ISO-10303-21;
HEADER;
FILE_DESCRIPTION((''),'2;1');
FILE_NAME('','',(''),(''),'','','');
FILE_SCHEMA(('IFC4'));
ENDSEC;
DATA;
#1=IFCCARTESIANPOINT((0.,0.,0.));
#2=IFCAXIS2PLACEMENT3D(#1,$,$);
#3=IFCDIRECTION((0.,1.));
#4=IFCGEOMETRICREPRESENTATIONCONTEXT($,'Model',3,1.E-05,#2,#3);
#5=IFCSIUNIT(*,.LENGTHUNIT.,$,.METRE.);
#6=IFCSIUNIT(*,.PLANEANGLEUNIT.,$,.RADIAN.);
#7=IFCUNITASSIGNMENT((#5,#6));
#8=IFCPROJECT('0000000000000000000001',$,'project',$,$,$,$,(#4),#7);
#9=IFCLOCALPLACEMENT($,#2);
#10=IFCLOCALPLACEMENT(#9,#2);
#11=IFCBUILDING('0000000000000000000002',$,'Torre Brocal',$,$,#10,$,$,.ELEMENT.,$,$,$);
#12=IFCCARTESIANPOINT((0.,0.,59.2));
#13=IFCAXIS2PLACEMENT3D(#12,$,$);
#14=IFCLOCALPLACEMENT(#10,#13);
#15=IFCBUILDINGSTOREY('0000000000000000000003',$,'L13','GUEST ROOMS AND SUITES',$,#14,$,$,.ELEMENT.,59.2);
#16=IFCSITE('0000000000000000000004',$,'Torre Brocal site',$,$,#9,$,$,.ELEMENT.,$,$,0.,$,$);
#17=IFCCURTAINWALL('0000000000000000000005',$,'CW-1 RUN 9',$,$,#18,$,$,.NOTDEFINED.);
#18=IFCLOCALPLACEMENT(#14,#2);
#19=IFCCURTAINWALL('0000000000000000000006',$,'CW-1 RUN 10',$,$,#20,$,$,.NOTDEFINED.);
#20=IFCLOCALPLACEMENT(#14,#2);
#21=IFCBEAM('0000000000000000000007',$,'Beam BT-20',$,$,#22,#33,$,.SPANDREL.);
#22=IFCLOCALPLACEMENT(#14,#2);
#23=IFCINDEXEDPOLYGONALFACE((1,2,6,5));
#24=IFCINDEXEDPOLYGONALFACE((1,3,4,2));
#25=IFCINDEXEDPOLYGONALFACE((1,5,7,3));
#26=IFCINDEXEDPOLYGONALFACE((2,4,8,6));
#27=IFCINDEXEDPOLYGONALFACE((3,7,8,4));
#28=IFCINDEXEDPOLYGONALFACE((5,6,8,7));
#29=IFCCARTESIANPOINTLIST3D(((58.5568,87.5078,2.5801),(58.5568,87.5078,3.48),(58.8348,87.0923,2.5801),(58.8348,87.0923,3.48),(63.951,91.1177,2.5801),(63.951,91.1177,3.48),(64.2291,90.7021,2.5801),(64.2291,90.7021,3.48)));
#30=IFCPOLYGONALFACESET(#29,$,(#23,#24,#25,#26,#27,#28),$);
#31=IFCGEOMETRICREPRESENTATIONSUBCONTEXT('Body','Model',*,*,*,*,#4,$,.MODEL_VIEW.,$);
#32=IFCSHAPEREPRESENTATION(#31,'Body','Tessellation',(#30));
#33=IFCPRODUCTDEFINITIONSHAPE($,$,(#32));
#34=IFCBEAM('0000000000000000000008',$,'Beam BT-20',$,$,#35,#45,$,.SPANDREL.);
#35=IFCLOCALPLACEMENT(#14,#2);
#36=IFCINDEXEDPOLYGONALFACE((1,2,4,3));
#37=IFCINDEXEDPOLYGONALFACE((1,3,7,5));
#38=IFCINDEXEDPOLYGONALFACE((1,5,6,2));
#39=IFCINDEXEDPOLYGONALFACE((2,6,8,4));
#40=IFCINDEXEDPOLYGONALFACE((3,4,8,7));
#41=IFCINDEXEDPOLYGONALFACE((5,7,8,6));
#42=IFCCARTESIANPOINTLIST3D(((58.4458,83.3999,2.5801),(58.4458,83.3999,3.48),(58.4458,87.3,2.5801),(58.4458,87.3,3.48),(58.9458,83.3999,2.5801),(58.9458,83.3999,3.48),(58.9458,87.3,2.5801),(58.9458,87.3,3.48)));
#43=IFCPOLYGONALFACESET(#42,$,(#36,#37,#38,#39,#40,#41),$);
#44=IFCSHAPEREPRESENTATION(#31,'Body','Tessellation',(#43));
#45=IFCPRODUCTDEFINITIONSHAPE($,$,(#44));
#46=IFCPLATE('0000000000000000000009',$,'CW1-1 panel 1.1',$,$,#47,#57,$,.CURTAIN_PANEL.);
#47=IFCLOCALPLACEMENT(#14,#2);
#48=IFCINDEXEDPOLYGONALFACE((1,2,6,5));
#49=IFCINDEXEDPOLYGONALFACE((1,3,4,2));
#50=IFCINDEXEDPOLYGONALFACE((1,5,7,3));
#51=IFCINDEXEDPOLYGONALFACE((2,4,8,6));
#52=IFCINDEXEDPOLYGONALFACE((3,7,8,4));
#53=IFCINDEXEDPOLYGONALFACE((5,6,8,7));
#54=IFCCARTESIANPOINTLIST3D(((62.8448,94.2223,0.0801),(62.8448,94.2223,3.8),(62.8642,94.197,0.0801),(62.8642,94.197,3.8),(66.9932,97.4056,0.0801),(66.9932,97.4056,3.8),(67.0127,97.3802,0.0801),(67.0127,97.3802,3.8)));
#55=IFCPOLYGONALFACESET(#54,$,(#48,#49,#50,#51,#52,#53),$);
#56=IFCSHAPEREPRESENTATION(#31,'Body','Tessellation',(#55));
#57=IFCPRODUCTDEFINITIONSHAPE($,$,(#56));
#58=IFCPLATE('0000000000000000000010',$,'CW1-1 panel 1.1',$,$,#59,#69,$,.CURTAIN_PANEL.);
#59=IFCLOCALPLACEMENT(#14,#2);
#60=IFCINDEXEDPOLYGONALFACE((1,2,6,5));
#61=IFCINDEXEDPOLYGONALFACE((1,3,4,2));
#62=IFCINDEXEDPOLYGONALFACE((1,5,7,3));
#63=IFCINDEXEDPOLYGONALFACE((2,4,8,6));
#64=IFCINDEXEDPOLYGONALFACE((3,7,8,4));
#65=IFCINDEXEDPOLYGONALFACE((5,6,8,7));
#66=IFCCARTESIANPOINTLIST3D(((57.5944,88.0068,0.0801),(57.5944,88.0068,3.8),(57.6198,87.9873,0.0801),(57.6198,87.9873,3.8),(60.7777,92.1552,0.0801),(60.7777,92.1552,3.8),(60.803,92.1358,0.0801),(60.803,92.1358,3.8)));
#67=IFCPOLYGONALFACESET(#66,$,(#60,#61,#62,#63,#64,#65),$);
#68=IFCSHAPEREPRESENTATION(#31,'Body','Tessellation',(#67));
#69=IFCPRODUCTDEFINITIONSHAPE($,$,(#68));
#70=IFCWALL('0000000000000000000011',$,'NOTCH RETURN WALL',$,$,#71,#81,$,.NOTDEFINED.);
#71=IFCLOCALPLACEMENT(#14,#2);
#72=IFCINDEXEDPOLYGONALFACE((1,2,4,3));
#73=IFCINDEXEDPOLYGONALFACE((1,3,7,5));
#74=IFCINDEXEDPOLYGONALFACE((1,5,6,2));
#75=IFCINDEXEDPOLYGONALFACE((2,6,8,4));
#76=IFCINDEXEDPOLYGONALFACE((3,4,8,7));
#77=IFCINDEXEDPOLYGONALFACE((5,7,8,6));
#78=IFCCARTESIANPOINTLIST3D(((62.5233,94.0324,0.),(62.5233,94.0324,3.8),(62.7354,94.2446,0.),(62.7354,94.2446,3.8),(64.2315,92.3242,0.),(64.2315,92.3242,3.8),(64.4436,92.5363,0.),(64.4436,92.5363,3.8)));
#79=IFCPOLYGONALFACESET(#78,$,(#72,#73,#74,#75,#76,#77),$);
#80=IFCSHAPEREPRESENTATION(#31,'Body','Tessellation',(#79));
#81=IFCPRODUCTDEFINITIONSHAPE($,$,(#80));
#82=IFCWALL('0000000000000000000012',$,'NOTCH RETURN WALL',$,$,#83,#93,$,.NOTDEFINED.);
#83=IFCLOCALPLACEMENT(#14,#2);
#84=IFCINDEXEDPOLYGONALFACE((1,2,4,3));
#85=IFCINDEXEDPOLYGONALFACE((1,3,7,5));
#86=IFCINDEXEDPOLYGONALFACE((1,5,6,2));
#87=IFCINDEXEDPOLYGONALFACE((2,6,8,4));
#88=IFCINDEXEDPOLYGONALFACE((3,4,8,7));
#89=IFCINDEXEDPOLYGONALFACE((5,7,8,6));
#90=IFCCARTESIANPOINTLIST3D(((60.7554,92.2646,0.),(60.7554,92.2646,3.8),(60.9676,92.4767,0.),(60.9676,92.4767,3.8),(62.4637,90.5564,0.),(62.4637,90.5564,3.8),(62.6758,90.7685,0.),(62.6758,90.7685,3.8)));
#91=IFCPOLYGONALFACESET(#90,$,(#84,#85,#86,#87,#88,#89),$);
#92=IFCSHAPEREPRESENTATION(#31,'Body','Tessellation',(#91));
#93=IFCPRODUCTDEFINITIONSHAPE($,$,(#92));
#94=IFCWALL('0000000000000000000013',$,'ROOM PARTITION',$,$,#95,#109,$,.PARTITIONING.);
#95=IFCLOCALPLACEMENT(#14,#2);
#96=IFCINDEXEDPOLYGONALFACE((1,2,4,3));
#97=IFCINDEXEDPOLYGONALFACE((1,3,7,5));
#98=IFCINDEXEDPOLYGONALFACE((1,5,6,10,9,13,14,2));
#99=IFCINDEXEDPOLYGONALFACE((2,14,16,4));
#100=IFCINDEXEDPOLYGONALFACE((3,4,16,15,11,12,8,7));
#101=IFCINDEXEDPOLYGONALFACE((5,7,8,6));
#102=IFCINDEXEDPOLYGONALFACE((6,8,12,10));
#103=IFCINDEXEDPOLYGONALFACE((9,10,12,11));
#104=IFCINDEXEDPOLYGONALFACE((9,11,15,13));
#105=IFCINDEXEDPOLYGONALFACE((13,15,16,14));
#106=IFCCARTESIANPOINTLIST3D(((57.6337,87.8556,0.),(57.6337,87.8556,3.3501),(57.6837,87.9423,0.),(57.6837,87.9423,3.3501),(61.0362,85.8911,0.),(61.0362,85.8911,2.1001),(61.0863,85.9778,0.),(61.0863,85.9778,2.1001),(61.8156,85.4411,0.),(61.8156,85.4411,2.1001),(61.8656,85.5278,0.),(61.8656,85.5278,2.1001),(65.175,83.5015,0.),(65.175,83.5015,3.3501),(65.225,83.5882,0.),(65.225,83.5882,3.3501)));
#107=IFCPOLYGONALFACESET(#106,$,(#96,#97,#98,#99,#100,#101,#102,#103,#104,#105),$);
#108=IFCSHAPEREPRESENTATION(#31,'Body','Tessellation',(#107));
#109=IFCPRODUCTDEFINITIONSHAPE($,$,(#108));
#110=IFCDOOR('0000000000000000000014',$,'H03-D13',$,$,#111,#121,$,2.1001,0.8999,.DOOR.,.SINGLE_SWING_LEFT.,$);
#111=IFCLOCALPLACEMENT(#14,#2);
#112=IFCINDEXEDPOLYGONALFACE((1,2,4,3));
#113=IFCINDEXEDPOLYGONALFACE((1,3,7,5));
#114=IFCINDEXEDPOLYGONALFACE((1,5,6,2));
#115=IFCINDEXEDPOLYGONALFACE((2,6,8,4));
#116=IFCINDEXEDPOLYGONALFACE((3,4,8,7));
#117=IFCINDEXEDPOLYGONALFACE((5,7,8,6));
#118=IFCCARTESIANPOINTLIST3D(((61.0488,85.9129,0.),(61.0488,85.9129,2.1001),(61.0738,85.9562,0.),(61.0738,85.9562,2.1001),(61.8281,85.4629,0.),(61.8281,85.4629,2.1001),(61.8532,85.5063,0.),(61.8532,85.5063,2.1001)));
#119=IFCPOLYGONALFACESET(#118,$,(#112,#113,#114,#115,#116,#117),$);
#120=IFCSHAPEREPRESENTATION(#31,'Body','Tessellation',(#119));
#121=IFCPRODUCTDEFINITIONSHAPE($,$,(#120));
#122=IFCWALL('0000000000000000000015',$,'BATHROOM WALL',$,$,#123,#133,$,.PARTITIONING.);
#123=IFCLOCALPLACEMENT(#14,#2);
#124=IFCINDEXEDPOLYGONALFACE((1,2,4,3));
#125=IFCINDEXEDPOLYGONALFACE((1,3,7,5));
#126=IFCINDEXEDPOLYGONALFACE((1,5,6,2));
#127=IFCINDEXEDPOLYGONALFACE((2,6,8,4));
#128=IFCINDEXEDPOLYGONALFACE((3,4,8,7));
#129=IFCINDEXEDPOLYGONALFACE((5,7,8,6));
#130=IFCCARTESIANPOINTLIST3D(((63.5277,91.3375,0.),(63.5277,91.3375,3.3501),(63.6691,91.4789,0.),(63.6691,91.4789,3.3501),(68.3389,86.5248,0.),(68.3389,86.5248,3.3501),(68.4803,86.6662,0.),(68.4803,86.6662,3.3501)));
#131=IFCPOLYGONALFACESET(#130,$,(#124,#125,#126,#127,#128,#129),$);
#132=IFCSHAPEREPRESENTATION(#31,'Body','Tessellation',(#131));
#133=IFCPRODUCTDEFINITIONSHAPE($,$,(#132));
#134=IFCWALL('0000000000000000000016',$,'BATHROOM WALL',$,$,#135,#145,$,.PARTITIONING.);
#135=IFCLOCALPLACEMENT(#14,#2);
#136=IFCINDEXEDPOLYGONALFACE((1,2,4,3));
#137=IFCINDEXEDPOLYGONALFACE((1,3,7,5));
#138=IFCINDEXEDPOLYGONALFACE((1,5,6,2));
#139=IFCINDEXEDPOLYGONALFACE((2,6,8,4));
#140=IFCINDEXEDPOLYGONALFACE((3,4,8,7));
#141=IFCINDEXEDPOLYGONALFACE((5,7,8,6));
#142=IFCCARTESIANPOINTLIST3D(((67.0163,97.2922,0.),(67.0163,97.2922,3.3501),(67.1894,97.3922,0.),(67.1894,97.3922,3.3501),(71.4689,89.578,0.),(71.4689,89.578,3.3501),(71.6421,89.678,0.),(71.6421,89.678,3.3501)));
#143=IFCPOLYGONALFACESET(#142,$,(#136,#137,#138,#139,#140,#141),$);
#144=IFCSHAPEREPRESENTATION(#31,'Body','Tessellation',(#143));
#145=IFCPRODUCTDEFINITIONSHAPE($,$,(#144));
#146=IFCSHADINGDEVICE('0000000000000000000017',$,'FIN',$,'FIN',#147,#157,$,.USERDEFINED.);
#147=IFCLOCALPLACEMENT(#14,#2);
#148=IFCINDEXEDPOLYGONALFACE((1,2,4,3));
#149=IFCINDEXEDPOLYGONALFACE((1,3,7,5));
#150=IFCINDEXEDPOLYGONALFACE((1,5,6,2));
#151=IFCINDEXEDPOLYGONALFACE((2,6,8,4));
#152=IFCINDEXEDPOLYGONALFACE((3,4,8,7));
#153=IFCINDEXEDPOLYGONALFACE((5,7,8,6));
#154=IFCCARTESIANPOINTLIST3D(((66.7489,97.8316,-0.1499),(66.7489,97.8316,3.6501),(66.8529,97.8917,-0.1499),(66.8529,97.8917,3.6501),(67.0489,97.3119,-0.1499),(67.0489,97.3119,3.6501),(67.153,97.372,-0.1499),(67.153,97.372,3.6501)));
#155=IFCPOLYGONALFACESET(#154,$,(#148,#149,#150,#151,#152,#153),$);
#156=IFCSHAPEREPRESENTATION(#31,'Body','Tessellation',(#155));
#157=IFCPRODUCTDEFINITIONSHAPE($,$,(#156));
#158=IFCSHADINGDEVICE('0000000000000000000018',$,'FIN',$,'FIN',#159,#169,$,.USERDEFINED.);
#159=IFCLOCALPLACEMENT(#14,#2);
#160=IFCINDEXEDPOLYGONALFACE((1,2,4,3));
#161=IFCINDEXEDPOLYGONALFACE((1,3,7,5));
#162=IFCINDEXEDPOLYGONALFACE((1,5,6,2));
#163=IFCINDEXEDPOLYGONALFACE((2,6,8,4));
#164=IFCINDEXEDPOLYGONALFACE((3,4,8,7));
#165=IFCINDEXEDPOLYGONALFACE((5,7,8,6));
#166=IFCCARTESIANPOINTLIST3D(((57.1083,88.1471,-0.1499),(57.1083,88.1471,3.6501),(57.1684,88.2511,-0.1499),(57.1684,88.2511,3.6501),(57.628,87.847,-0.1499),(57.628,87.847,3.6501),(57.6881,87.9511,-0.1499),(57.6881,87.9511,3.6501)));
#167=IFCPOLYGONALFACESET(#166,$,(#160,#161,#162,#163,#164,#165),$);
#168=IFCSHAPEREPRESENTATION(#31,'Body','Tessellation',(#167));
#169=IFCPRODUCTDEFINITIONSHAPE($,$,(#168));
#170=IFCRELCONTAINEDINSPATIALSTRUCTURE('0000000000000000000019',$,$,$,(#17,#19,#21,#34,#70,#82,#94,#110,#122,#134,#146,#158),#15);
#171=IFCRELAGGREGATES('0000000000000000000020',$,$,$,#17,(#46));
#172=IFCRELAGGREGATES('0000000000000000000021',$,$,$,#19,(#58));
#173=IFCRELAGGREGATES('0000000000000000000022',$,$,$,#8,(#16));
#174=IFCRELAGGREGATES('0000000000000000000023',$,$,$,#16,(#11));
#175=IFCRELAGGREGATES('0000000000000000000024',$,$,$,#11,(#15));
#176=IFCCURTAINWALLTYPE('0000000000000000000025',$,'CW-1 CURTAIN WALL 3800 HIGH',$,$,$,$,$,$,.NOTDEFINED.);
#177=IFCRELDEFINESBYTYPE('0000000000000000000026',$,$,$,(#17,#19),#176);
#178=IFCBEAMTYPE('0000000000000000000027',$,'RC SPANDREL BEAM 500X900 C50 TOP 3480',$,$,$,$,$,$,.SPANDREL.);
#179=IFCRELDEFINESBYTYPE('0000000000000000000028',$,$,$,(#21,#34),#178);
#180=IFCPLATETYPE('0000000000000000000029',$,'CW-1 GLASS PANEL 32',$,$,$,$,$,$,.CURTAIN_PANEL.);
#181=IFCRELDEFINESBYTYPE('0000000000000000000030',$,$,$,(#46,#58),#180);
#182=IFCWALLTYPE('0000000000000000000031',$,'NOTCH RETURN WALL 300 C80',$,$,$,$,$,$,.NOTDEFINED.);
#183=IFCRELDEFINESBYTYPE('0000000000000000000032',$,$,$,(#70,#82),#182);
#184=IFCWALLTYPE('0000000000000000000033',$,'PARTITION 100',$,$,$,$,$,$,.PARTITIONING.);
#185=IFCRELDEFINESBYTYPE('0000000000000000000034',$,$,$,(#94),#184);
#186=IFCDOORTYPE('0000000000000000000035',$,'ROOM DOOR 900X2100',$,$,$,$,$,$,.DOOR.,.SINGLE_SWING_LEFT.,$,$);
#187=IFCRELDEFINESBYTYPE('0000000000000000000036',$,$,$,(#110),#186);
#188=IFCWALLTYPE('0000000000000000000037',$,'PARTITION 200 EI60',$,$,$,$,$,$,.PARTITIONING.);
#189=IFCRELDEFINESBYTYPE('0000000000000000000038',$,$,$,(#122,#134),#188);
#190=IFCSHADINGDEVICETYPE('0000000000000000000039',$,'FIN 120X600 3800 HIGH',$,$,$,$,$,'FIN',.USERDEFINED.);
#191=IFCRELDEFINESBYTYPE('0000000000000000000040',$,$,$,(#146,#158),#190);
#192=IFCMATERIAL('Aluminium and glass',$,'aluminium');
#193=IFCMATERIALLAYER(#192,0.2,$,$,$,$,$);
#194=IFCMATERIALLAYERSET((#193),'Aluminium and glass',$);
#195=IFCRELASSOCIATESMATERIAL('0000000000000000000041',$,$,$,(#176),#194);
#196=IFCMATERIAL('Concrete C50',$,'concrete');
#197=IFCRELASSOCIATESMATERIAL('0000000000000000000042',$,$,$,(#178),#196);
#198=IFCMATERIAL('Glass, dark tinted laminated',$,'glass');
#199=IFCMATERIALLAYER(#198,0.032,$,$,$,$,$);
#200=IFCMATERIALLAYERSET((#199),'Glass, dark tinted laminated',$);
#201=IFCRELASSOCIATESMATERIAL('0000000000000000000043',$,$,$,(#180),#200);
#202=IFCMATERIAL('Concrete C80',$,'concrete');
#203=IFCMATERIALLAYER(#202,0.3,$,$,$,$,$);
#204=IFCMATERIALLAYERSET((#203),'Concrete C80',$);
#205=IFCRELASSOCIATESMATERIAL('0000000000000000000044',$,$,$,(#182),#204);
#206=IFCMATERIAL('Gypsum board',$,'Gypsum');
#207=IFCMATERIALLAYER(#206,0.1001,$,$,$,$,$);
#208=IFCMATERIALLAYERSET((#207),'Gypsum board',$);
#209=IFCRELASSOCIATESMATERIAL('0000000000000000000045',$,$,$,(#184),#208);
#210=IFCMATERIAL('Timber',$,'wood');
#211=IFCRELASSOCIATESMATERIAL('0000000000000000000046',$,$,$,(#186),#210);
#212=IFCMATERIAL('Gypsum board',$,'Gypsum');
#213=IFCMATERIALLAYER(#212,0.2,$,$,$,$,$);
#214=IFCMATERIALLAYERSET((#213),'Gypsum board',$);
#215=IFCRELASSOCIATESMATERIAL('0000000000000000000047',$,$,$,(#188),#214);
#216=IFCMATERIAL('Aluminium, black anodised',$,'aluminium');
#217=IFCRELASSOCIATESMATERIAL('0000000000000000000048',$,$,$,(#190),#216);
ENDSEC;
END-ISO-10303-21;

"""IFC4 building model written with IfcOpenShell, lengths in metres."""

from ifc_helpers import new_model, si_unit, direction, frame, frame_2d, origin, origin_2d, place, context, subcontext, project, spatial, rectangle, extrude, material, layer, layer_set, material_profile, profile_set, type_object, element, fill, aggregate, save


model = new_model("IFC4")

# Units and contexts
model_context = context("Model", 3, precision=1e-05, world=origin(), true_north=direction((0.0, 1.0)))
body_context = subcontext(model_context, "Body", "Model", "MODEL_VIEW")
ifc_project = project(units=[si_unit("LENGTHUNIT", "METRE"), si_unit("PLANEANGLEUNIT", "RADIAN")], contexts=[model_context])

# Site, building, storey
site_placement = place(None, origin())
site = spatial("IfcSite", under=ifc_project, at=site_placement, Name="Torre Brocal site", CompositionType="ELEMENT", RefElevation=0.0)
building_placement = place(site_placement, origin())
building = spatial("IfcBuilding", under=site, at=building_placement, Name="Torre Brocal", CompositionType="ELEMENT")
storey_placement = place(building_placement, frame((0.0, 0.0, 59.2)))
storey = spatial("IfcBuildingStorey", under=building, at=storey_placement, Name="L13", Description="GUEST ROOMS AND SUITES", CompositionType="ELEMENT", Elevation=59.2)

# Shared definitions
ifc_material_1 = material(Name="Aluminium and glass", Category="aluminium")
ifc_layer_1 = layer(ifc_material_1, 0.2)
ifc_layer_set_1 = layer_set([ifc_layer_1], Name="Aluminium and glass")
curtain_wall_type = type_object("IfcCurtainWallType", Name="CW-1 CURTAIN WALL 3800 HIGH", PredefinedType="NOTDEFINED", material=ifc_layer_set_1)

# Curtain walls
curtain_wall_1_placement = place(storey_placement, origin())
curtain_wall_1 = element("IfcCurtainWall", 1, at=curtain_wall_1_placement, inside=storey, type_object=curtain_wall_type, Name="CW-1 RUN 9", PredefinedType="NOTDEFINED")
curtain_wall_2_placement = place(storey_placement, origin())
curtain_wall_2 = element("IfcCurtainWall", 2, at=curtain_wall_2_placement, inside=storey, type_object=curtain_wall_type, Name="CW-1 RUN 10", PredefinedType="NOTDEFINED")

# Beams
ifc_material_2 = material(Name="Concrete C50", Category="concrete")
ifc_material_profile_1 = material_profile(ifc_material_2, rectangle(XDim=0.5, YDim=0.8999, at=origin_2d()), Name="RC 500X900")
ifc_profile_set_1 = profile_set([ifc_material_profile_1], Name="Concrete C50")
beam_type_1 = type_object("IfcBeamType", Name="RC SPANDREL BEAM 500X900 C50 TOP 3480", PredefinedType="SPANDREL", material=ifc_profile_set_1)
beam_1_placement = place(storey_placement, frame((64.0901, 90.9099, 3.03), z_axis=(-0.831077, -0.556158, 0.0), x_axis=(0.556158, -0.831077, 0.0)))
element("IfcBeam", 3, at=beam_1_placement, inside=storey, type_object=beam_type_1, Name="Beam BT-20", PredefinedType="SPANDREL", context=body_context, shape_type="SweptSolid", body=[
    extrude(rectangle(XDim=0.5, YDim=0.8999, at=origin_2d()), origin(), (0.0, 0.0, 1.0), 6.4907),
])
beam_2_placement = place(storey_placement, frame((58.6958, 87.3, 3.03), z_axis=(0.0, -1.0, 0.0), x_axis=(1.0, 0.0, 0.0)))
element("IfcBeam", 4, at=beam_2_placement, inside=storey, type_object=beam_type_1, Name="Beam BT-20", PredefinedType="SPANDREL", context=body_context, shape_type="SweptSolid", body=[
    extrude(rectangle(XDim=0.5, YDim=0.8999, at=origin_2d()), origin(), (0.0, 0.0, 1.0), 3.9001),
])

# Plates
ifc_material_3 = material(Name="Glass, dark tinted laminated", Category="glass")
ifc_layer_2 = layer(ifc_material_3, 0.032)
ifc_layer_set_2 = layer_set([ifc_layer_2], Name="Glass, dark tinted laminated")
plate_type = type_object("IfcPlateType", Name="CW-1 GLASS PANEL 32", PredefinedType="CURTAIN_PANEL", material=ifc_layer_set_2)
plate_1_placement = place(storey_placement, frame((64.9287, 95.8013, 0.0801), z_axis=(0.0, 0.0, 1.0), x_axis=(-0.793353, -0.608761, 0.0)))
plate_1 = element("IfcPlate", 5, at=plate_1_placement, type_object=plate_type, Name="CW1-1 panel 1.1", PredefinedType="CURTAIN_PANEL", context=body_context, shape_type="SweptSolid", body=[
    extrude(rectangle(XDim=5.229, YDim=0.032, at=origin_2d()), origin(), (0.0, 0.0, 1.0), 3.72),
])
aggregate(curtain_wall_1, [plate_1])
plate_2_placement = place(storey_placement, frame((59.1987, 90.0713, 0.0801), z_axis=(0.0, 0.0, 1.0), x_axis=(-0.608761, -0.793353, 0.0)))
plate_2 = element("IfcPlate", 6, at=plate_2_placement, type_object=plate_type, Name="CW1-1 panel 1.1", PredefinedType="CURTAIN_PANEL", context=body_context, shape_type="SweptSolid", body=[
    extrude(rectangle(XDim=5.229, YDim=0.032, at=origin_2d()), origin(), (0.0, 0.0, 1.0), 3.72),
])
aggregate(curtain_wall_2, [plate_2])

# Walls
ifc_material_4 = material(Name="Concrete C80", Category="concrete")
ifc_layer_3 = layer(ifc_material_4, 0.3)
ifc_layer_set_3 = layer_set([ifc_layer_3], Name="Concrete C80")
wall_type_1 = type_object("IfcWallType", Name="NOTCH RETURN WALL 300 C80", PredefinedType="NOTDEFINED", material=ifc_layer_set_3)
for number, where, z_axis, x_axis, name in (
    (7, (64.3376, 92.4302, 0.0), (0.0, 0.0, 1.0), (-0.707107, 0.707107, 0.0), "NOTCH RETURN WALL"),
    (8, (62.5698, 90.6624, 0.0), (0.0, 0.0, 1.0), (-0.707107, 0.707107, 0.0), "NOTCH RETURN WALL"),
):
    element("IfcWall", number, at=place(storey_placement, frame(where, z_axis=z_axis, x_axis=x_axis)), inside=storey, type_object=wall_type_1, Name=name, PredefinedType="NOTDEFINED", context=body_context, shape_type="SweptSolid", body=[
        extrude(rectangle(XDim=2.4158, YDim=0.3, at=frame_2d((1.208, 0.0))), origin(), (0.0, 0.0, 1.0), 3.8),
    ])

# Wall, opening, door
ifc_material_5 = material(Name="Gypsum board", Category="Gypsum")
ifc_layer_4 = layer(ifc_material_5, 0.1001)
ifc_layer_set_4 = layer_set([ifc_layer_4], Name="Gypsum board")
wall_type_2 = type_object("IfcWallType", Name="PARTITION 100", PredefinedType="PARTITIONING", material=ifc_layer_set_4)
wall_1_placement = place(storey_placement, frame((57.6587, 87.8989, 0.0), z_axis=(0.0, 0.0, 1.0), x_axis=(0.866023, -0.500005, 0.0)))
wall_1 = element("IfcWall", 9, at=wall_1_placement, inside=storey, type_object=wall_type_2, Name="ROOM PARTITION", PredefinedType="PARTITIONING", context=body_context, shape_type="SweptSolid", body=[
    extrude(rectangle(XDim=8.708, YDim=0.1001, at=frame_2d((4.354, 0.0))), origin(), (0.0, 0.0, 1.0), 3.3501),
])
opening_placement = place(wall_1_placement, frame((3.929, 0.0, 0.0)))
opening = element("IfcOpeningElement", 10, at=opening_placement, cuts=wall_1, PredefinedType="OPENING", context=body_context, shape_type="SweptSolid", body=[
    extrude(rectangle(XDim=0.8999, YDim=2.1001, at=frame_2d((0.45, 1.05))), frame((0.0, 0.0601, 0.0), z_axis=(0.0, -1.0, 0.0), x_axis=(1.0, 0.0, 0.0)), (0.0, 0.0, 1.0), 0.1201),
])
ifc_material_6 = material(Name="Timber", Category="wood")
door_type = type_object("IfcDoorType", Name="ROOM DOOR 900X2100", OperationType="SINGLE_SWING_LEFT", PredefinedType="DOOR", material=ifc_material_6)
door_placement = place(opening_placement, frame((0.8999, 0.0, 0.0), z_axis=(0.0, 0.0, 1.0), x_axis=(-1.0, 0.0, 0.0)))
door = element("IfcDoor", 11, at=door_placement, inside=storey, type_object=door_type, Name="H03-D13", OperationType="SINGLE_SWING_LEFT", OverallHeight=2.1001, OverallWidth=0.8999, PredefinedType="DOOR", context=body_context, shape_type="SweptSolid", body=[
    extrude(rectangle(XDim=0.8999, YDim=2.1001, at=frame_2d((0.45, 1.05))), frame((0.0, 0.0249, 0.0), z_axis=(0.0, -1.0, 0.0), x_axis=(1.0, 0.0, 0.0)), (0.0, 0.0, 1.0), 0.05),
])
fill(opening, door)

# Walls
ifc_material_7 = material(Name="Gypsum board", Category="Gypsum")
ifc_layer_5 = layer(ifc_material_7, 0.2)
ifc_layer_set_5 = layer_set([ifc_layer_5], Name="Gypsum board")
wall_type_3 = type_object("IfcWallType", Name="PARTITION 200 EI60", PredefinedType="PARTITIONING", material=ifc_layer_set_5)
wall_2_placement = place(storey_placement, frame((63.5984, 91.4082, 0.0), z_axis=(0.0, 0.0, 1.0), x_axis=(0.706999, -0.707214, 0.0)))
element("IfcWall", 12, at=wall_2_placement, inside=storey, type_object=wall_type_3, Name="BATHROOM WALL", PredefinedType="PARTITIONING", context=body_context, shape_type="SweptSolid", body=[
    extrude(rectangle(XDim=6.8052, YDim=0.2, at=frame_2d((3.4026, 0.0))), origin(), (0.0, 0.0, 1.0), 3.3501),
])
wall_3_placement = place(storey_placement, frame((67.1028, 97.3423, 0.0), z_axis=(0.0, 0.0, 1.0), x_axis=(0.499907, -0.866079, 0.0)))
element("IfcWall", 13, at=wall_3_placement, inside=storey, type_object=wall_type_3, Name="BATHROOM WALL", PredefinedType="PARTITIONING", context=body_context, shape_type="SweptSolid", body=[
    extrude(rectangle(XDim=8.907, YDim=0.2, at=frame_2d((4.4536, 0.0))), origin(), (0.0, 0.0, 1.0), 3.3501),
])

# Shading devices
ifc_material_8 = material(Name="Aluminium, black anodised", Category="aluminium")
ifc_material_profile_2 = material_profile(ifc_material_8, rectangle(XDim=0.1201, YDim=0.6001, at=origin_2d()), Name="FIN 120X600 3800 HIGH")
ifc_profile_set_2 = profile_set([ifc_material_profile_2], Name="Aluminium, black anodised")
shading_device_type = type_object("IfcShadingDeviceType", Name="FIN 120X600 3800 HIGH", ElementType="FIN", PredefinedType="USERDEFINED", material=ifc_profile_set_2)
for number, where, z_axis, x_axis, name in (
    (14, (66.9509, 97.6018, -0.1499), (0.0, 0.0, 1.0), (-0.866025, -0.5, 0.0), "FIN"),
    (15, (57.3982, 88.0491, -0.1499), (0.0, 0.0, 1.0), (-0.5, -0.866025, 0.0), "FIN"),
):
    element("IfcShadingDevice", number, at=place(storey_placement, frame(where, z_axis=z_axis, x_axis=x_axis)), inside=storey, type_object=shading_device_type, Name=name, ObjectType="FIN", PredefinedType="USERDEFINED", context=body_context, shape_type="SweptSolid", body=[
        extrude(rectangle(XDim=0.1201, YDim=0.6001, at=origin_2d()), origin(), (0.0, 0.0, 1.0), 3.8),
    ])

save(model, "model.ifc")
